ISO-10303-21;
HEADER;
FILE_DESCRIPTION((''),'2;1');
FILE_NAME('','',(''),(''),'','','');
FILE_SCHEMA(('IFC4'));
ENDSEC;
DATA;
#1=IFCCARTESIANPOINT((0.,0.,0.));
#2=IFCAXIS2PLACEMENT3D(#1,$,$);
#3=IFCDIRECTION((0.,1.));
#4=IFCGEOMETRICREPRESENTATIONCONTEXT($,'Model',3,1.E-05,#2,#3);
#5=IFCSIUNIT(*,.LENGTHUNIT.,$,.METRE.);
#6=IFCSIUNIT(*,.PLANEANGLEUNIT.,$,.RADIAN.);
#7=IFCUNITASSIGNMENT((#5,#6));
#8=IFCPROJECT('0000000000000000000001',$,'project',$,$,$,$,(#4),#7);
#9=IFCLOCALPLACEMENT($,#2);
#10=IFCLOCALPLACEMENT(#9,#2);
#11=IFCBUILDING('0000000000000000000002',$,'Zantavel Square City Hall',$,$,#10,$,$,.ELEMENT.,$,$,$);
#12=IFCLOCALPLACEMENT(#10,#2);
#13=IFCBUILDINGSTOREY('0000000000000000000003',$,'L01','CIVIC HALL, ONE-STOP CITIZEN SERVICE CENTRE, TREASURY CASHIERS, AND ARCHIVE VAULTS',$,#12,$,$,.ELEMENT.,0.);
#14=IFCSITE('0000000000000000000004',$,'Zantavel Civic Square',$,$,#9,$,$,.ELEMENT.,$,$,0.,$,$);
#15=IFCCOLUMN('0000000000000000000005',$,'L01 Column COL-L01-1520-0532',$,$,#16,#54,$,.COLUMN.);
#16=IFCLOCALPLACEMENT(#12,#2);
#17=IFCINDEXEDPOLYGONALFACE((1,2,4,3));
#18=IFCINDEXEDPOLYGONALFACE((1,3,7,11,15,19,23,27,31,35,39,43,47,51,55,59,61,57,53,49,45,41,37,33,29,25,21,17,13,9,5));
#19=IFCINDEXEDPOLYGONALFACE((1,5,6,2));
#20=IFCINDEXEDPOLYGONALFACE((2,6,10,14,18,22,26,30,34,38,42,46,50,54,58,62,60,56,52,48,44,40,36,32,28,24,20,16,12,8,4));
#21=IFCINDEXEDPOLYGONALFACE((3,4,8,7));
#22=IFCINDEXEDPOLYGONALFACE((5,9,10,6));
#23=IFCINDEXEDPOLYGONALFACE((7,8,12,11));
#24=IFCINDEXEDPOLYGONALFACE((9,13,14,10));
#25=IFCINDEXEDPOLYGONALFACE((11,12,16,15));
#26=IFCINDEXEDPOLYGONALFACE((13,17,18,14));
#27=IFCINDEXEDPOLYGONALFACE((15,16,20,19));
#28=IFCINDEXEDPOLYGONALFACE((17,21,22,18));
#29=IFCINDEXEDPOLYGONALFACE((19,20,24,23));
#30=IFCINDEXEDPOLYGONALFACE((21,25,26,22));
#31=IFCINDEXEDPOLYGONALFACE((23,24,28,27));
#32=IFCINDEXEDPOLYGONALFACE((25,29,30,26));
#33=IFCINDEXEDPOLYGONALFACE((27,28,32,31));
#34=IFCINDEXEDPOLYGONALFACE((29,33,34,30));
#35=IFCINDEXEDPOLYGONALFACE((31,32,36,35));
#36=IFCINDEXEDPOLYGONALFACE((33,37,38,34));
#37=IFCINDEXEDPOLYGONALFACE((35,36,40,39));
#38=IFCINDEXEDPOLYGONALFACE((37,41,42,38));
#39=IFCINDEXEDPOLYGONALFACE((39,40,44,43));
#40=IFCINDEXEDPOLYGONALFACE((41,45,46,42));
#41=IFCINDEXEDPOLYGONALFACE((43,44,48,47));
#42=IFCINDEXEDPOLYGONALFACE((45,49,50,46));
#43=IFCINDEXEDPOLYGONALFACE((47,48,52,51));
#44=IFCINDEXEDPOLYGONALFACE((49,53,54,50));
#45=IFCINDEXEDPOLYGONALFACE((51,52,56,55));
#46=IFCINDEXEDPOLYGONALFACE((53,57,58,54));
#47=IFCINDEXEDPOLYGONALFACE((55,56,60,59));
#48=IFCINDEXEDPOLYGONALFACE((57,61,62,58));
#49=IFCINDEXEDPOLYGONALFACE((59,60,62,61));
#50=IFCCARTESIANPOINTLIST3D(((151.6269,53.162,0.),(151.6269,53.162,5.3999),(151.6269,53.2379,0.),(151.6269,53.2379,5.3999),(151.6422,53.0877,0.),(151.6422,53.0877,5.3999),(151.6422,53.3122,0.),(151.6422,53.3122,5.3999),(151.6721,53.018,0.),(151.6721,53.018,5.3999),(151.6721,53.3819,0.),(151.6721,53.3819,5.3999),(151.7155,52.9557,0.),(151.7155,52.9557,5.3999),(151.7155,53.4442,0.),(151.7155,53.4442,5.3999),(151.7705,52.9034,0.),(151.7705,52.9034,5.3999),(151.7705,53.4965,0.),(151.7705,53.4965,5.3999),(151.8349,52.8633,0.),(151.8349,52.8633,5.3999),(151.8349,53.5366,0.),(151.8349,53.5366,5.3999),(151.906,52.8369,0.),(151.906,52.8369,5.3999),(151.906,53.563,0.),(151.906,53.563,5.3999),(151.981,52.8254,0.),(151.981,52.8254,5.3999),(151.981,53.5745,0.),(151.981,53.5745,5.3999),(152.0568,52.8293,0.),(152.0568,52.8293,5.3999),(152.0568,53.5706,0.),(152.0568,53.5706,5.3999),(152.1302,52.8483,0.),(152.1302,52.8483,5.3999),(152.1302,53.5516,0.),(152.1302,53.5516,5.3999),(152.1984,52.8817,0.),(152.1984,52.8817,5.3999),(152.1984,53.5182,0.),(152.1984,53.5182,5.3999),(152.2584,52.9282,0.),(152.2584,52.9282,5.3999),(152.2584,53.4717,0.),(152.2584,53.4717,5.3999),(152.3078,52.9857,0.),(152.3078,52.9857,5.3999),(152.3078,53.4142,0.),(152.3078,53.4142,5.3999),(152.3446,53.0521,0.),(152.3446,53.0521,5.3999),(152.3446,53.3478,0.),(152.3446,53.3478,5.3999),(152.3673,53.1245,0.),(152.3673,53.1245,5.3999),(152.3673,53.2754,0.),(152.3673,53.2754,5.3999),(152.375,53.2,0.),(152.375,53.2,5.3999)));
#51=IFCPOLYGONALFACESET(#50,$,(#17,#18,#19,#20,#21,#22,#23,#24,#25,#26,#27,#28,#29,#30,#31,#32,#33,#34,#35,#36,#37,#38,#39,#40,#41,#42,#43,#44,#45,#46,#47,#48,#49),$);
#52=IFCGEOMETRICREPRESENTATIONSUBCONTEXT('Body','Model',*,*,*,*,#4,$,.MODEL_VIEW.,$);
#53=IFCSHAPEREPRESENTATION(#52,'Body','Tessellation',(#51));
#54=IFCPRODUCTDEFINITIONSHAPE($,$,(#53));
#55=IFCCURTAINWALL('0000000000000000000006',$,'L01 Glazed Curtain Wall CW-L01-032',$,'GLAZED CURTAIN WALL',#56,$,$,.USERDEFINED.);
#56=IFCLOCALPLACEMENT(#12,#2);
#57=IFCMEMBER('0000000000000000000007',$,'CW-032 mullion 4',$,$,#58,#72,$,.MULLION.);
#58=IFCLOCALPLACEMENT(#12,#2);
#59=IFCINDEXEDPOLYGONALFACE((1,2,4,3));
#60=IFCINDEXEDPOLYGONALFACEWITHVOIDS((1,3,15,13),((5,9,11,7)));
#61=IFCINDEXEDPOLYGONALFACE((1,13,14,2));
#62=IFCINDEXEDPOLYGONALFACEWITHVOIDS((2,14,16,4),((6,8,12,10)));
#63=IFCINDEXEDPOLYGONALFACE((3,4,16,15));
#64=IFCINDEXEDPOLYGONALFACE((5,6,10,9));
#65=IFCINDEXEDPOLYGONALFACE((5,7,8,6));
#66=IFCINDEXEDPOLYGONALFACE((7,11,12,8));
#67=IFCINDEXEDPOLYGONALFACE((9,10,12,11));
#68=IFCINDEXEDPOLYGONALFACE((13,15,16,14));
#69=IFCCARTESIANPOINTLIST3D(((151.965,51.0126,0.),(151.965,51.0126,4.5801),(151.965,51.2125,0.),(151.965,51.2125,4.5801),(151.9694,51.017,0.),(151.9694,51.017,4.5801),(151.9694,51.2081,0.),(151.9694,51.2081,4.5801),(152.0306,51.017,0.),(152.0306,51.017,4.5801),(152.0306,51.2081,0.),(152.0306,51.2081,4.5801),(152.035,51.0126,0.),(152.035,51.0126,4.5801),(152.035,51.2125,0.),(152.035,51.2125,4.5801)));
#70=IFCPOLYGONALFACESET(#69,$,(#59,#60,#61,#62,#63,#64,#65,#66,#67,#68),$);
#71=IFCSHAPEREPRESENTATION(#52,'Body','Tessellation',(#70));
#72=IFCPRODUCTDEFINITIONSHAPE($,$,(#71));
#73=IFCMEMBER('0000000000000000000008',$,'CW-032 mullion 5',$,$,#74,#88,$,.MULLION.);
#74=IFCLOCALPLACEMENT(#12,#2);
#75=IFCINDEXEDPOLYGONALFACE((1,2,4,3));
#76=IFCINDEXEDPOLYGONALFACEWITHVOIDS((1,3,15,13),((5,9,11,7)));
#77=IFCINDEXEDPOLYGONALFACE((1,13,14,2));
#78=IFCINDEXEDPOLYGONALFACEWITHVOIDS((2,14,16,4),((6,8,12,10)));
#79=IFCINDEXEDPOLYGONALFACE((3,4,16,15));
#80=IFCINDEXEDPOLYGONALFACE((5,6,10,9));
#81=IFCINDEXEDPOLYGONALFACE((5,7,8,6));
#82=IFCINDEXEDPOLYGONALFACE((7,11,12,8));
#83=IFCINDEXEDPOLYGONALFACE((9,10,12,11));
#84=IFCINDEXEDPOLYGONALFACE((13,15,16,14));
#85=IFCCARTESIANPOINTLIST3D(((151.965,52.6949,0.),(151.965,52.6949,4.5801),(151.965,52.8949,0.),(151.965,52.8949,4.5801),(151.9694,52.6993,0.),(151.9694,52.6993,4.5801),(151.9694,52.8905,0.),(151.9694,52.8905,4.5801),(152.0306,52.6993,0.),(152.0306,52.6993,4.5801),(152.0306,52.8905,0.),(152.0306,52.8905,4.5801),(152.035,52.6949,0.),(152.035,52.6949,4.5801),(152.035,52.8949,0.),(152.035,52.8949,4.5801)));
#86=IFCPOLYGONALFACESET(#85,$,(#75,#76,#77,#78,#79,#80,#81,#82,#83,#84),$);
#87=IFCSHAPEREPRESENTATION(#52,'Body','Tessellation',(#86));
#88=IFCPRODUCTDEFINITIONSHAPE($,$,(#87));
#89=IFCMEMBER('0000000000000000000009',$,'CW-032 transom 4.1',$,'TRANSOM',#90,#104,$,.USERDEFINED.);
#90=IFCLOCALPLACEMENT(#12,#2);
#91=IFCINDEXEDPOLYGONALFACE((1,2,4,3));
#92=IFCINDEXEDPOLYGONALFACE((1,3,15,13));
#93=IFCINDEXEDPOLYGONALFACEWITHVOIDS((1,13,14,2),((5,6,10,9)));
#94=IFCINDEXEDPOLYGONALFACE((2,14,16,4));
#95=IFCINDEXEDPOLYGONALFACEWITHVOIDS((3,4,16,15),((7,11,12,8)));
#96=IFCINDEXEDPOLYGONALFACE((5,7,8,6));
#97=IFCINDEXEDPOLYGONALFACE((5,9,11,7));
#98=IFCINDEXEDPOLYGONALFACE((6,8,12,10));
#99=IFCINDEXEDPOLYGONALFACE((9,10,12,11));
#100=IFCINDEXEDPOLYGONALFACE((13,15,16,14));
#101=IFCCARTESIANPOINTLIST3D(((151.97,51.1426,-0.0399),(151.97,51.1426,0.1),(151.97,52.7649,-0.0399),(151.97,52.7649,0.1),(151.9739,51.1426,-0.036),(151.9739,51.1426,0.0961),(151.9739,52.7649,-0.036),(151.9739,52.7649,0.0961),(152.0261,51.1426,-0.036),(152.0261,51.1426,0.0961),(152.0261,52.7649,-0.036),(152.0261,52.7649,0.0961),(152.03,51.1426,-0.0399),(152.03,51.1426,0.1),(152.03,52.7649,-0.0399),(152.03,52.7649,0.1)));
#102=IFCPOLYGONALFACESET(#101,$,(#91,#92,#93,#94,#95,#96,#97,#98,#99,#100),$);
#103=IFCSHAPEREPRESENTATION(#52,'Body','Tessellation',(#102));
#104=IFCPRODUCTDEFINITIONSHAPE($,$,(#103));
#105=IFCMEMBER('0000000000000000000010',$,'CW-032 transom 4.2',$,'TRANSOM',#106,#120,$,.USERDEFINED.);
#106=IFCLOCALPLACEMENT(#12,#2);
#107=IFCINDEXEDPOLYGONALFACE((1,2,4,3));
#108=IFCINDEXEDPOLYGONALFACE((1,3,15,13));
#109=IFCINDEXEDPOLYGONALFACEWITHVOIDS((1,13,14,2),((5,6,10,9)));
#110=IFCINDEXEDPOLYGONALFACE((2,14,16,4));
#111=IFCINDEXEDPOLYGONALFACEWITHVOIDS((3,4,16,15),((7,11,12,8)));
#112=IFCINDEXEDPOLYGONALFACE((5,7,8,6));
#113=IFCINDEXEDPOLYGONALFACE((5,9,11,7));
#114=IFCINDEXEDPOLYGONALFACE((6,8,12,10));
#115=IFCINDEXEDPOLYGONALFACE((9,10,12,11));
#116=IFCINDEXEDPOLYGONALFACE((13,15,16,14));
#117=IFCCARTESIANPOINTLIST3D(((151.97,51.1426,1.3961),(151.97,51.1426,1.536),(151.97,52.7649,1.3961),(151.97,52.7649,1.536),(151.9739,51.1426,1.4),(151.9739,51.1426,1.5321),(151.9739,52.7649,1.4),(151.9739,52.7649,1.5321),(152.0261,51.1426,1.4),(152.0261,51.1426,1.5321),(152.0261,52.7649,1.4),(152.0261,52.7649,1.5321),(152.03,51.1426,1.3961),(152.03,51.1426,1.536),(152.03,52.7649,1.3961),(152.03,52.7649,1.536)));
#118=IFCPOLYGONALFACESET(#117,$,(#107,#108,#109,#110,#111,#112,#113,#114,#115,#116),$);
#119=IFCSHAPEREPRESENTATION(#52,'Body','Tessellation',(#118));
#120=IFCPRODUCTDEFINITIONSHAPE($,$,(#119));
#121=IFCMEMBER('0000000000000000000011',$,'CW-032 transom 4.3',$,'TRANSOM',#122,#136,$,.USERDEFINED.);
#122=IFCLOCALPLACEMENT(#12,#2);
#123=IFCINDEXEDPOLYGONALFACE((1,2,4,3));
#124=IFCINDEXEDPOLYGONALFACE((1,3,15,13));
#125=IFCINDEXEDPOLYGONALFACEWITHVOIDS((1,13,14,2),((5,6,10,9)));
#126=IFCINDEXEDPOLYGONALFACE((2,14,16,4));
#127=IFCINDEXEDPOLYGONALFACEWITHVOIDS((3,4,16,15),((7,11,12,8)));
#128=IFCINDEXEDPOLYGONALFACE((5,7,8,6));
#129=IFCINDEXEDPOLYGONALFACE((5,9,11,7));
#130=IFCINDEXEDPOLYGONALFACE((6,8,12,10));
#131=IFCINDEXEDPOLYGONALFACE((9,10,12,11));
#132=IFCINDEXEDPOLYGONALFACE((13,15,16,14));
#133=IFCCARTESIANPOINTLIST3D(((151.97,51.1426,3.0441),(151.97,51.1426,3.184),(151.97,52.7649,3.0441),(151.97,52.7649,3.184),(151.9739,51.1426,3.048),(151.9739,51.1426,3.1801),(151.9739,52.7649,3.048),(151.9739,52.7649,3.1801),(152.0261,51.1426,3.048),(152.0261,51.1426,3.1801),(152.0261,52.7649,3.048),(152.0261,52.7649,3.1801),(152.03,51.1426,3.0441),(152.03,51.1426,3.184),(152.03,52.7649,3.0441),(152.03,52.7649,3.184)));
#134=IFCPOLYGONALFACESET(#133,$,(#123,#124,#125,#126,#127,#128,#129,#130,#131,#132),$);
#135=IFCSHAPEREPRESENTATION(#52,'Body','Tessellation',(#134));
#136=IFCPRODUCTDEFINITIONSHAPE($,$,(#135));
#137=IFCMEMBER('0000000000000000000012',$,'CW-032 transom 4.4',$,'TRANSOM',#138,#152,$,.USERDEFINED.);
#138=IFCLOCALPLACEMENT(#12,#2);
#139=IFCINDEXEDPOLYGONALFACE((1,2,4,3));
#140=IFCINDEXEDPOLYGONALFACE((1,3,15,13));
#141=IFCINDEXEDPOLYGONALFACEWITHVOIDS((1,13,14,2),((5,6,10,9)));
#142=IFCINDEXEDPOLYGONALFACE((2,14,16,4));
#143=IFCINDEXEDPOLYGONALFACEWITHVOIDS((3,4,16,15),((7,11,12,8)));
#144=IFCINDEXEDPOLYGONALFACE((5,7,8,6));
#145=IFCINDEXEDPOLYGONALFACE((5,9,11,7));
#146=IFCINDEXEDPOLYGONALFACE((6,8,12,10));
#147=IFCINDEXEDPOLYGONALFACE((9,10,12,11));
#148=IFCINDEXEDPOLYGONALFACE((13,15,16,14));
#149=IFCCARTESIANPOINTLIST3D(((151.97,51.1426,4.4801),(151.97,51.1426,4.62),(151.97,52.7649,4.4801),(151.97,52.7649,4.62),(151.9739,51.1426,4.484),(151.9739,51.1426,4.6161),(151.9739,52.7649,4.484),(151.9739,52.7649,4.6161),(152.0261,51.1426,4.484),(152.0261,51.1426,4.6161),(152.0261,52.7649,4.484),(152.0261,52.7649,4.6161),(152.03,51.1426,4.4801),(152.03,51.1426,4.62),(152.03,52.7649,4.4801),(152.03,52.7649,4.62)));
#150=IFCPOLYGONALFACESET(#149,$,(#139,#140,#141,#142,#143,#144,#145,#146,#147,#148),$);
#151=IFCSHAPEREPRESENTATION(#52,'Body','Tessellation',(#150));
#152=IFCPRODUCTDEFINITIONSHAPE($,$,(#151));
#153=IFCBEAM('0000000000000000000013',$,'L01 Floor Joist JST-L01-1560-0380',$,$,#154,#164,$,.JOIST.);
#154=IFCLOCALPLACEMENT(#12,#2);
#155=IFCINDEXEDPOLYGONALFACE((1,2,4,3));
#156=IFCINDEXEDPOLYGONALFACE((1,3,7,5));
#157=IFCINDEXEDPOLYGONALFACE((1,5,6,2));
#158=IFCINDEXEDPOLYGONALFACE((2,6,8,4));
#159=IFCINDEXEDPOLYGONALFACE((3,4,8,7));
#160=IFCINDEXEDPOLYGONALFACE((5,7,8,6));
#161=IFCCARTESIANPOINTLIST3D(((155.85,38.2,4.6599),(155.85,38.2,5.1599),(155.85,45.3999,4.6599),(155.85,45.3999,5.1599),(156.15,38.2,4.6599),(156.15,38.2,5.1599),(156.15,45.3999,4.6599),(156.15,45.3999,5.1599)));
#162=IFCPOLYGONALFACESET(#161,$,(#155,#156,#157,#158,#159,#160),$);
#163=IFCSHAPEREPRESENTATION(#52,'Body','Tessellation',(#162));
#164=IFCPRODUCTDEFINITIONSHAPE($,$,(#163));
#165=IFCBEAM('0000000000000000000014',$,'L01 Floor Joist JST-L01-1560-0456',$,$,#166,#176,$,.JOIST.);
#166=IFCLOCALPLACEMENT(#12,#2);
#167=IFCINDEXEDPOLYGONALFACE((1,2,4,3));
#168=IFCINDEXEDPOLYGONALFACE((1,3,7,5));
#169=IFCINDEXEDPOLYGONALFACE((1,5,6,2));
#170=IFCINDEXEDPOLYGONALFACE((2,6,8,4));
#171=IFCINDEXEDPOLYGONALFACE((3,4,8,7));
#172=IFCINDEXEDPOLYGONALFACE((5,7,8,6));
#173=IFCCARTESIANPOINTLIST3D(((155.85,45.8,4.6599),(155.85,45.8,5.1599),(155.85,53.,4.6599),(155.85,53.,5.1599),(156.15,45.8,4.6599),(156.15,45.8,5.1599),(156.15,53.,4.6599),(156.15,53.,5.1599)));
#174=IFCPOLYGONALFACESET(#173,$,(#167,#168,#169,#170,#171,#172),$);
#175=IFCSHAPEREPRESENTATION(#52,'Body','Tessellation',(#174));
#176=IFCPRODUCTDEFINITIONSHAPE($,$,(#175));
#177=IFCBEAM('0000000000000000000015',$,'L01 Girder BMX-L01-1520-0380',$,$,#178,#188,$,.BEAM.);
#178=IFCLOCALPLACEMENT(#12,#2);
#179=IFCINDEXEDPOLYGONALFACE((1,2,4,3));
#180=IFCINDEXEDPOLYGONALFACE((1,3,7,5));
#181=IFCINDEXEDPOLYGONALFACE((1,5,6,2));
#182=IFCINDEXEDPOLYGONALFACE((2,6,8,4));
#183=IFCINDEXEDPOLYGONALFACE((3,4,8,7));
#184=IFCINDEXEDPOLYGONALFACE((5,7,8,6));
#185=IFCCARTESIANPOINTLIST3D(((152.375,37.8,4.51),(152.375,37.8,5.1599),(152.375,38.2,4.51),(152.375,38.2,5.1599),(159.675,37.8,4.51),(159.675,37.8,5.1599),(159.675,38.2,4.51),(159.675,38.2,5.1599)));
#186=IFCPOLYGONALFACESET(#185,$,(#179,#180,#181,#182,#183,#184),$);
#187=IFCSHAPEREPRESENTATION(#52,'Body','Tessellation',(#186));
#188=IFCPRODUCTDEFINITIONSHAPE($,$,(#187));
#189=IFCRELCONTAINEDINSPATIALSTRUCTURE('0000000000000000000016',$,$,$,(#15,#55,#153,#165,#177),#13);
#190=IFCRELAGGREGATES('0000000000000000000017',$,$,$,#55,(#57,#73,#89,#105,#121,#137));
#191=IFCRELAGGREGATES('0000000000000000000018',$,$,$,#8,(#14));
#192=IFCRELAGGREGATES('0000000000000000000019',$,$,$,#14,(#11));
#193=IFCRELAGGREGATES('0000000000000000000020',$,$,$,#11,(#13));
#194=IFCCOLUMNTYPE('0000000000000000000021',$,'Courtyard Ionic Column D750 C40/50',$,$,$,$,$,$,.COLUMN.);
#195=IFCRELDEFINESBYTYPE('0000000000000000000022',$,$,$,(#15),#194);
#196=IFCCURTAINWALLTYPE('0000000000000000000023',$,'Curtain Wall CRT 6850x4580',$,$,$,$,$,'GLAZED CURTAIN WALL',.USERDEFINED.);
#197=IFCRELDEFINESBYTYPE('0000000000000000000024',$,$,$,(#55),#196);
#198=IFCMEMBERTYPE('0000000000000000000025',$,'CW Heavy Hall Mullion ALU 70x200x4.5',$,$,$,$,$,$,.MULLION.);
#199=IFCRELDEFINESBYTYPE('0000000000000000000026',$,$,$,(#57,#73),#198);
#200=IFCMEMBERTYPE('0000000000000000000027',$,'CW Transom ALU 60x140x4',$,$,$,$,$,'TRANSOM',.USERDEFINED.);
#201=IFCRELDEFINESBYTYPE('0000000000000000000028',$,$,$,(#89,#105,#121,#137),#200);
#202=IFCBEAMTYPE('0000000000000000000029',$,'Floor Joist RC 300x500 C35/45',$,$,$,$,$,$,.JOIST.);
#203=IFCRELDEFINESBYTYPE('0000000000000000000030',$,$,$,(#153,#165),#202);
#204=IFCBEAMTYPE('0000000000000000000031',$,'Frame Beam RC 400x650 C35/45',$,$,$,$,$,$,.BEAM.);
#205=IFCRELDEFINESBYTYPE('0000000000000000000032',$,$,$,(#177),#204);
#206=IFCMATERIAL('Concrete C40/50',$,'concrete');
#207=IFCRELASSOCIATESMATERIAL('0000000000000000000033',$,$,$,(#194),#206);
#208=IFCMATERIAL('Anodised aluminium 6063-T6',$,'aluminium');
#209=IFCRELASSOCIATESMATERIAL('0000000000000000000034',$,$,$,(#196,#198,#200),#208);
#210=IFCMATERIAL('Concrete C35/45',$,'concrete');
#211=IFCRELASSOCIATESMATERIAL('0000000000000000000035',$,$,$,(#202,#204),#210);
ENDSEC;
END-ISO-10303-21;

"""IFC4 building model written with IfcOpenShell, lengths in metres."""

from ifc_helpers import new_model, si_unit, direction, frame, origin, origin_2d, place, context, subcontext, project, spatial, rectangle, hollow_rectangle, circle, extrude, material, material_profile, profile_set, type_object, element, aggregate, save


model = new_model("IFC4")

# Units and contexts
model_context = context("Model", 3, precision=1e-05, world=origin(), true_north=direction((0.0, 1.0)))
body_context = subcontext(model_context, "Body", "Model", "MODEL_VIEW")
ifc_project = project(units=[si_unit("LENGTHUNIT", "METRE"), si_unit("PLANEANGLEUNIT", "RADIAN")], contexts=[model_context])

# Site, building, storey
site_placement = place(None, origin())
site = spatial("IfcSite", under=ifc_project, at=site_placement, Name="Zantavel Civic Square", CompositionType="ELEMENT", RefElevation=0.0)
building_placement = place(site_placement, origin())
building = spatial("IfcBuilding", under=site, at=building_placement, Name="Zantavel Square City Hall", CompositionType="ELEMENT")
storey_placement = place(building_placement, origin())
storey = spatial("IfcBuildingStorey", under=building, at=storey_placement, Name="L01", Description="CIVIC HALL, ONE-STOP CITIZEN SERVICE CENTRE, TREASURY CASHIERS, AND ARCHIVE VAULTS", CompositionType="ELEMENT", Elevation=0.0)

# Column
ifc_material_1 = material(Name="Concrete C40/50", Category="concrete")
ifc_material_profile_1 = material_profile(ifc_material_1, circle(Radius=0.375, at=origin_2d()), Name="ROUND D750")
ifc_profile_set_1 = profile_set([ifc_material_profile_1], Name="Concrete C40/50")
column_type = type_object("IfcColumnType", Name="Courtyard Ionic Column D750 C40/50", PredefinedType="COLUMN", material=ifc_profile_set_1)
column_placement = place(storey_placement, frame((152.0, 53.2, 0.0), z_axis=(0.0, 0.0, 1.0), x_axis=(1.0, 0.0, 0.0)))
element("IfcColumn", 1, at=column_placement, inside=storey, type_object=column_type, Name="L01 Column COL-L01-1520-0532", PredefinedType="COLUMN", context=body_context, shape_type="SweptSolid", body=[
    extrude(circle(Radius=0.375, at=origin_2d()), origin(), (0.0, 0.0, 1.0), 5.3999),
])

# Curtain wall, members
ifc_material_2 = material(Name="Anodised aluminium 6063-T6", Category="aluminium")
curtain_wall_type = type_object("IfcCurtainWallType", Name="Curtain Wall CRT 6850x4580", ElementType="GLAZED CURTAIN WALL", PredefinedType="USERDEFINED", material=ifc_material_2)
curtain_wall_placement = place(storey_placement, origin())
curtain_wall = element("IfcCurtainWall", 2, at=curtain_wall_placement, inside=storey, type_object=curtain_wall_type, Name="L01 Glazed Curtain Wall CW-L01-032", ObjectType="GLAZED CURTAIN WALL", PredefinedType="USERDEFINED")
ifc_material_profile_2 = material_profile(ifc_material_2, hollow_rectangle(XDim=0.0701, YDim=0.2, WallThickness=0.0044, at=origin_2d()), Name="ALU 70x200x4.5")
ifc_profile_set_2 = profile_set([ifc_material_profile_2], Name="Anodised aluminium 6063-T6")
member_type_1 = type_object("IfcMemberType", Name="CW Heavy Hall Mullion ALU 70x200x4.5", PredefinedType="MULLION", material=ifc_profile_set_2)
member_1_placement = place(storey_placement, frame((152.0, 51.1125, 0.0), z_axis=(0.0, 0.0, 1.0), x_axis=(-1.0, 0.0, 0.0)))
member_1 = element("IfcMember", 3, at=member_1_placement, type_object=member_type_1, Name="CW-032 mullion 4", PredefinedType="MULLION", context=body_context, shape_type="SweptSolid", body=[
    extrude(hollow_rectangle(XDim=0.0701, YDim=0.2, WallThickness=0.0044, at=origin_2d()), origin(), (0.0, 0.0, 1.0), 4.5801),
])
member_2_placement = place(storey_placement, frame((152.0, 52.7949, 0.0), z_axis=(0.0, 0.0, 1.0), x_axis=(-1.0, 0.0, 0.0)))
member_2 = element("IfcMember", 4, at=member_2_placement, type_object=member_type_1, Name="CW-032 mullion 5", PredefinedType="MULLION", context=body_context, shape_type="SweptSolid", body=[
    extrude(hollow_rectangle(XDim=0.0701, YDim=0.2, WallThickness=0.0044, at=origin_2d()), origin(), (0.0, 0.0, 1.0), 4.5801),
])
ifc_material_profile_3 = material_profile(ifc_material_2, hollow_rectangle(XDim=0.0601, YDim=0.1399, WallThickness=0.0039, at=origin_2d()), Name="ALU 60x140x4")
ifc_profile_set_3 = profile_set([ifc_material_profile_3], Name="Anodised aluminium 6063-T6")
member_type_2 = type_object("IfcMemberType", Name="CW Transom ALU 60x140x4", ElementType="TRANSOM", PredefinedType="USERDEFINED", material=ifc_profile_set_3)
member_3_placement = place(storey_placement, frame((152.0, 51.1426, 0.03), z_axis=(0.0, 1.0, 0.0), x_axis=(-1.0, 0.0, 0.0)))
member_3 = element("IfcMember", 5, at=member_3_placement, type_object=member_type_2, Name="CW-032 transom 4.1", ObjectType="TRANSOM", PredefinedType="USERDEFINED", context=body_context, shape_type="SweptSolid", body=[
    extrude(hollow_rectangle(XDim=0.0601, YDim=0.1399, WallThickness=0.0039, at=origin_2d()), origin(), (0.0, 0.0, 1.0), 1.6223),
])
member_4_placement = place(storey_placement, frame((152.0, 51.1426, 1.4661), z_axis=(0.0, 1.0, 0.0), x_axis=(-1.0, 0.0, 0.0)))
member_4 = element("IfcMember", 6, at=member_4_placement, type_object=member_type_2, Name="CW-032 transom 4.2", ObjectType="TRANSOM", PredefinedType="USERDEFINED", context=body_context, shape_type="SweptSolid", body=[
    extrude(hollow_rectangle(XDim=0.0601, YDim=0.1399, WallThickness=0.0039, at=origin_2d()), origin(), (0.0, 0.0, 1.0), 1.6223),
])
member_5_placement = place(storey_placement, frame((152.0, 51.1426, 3.114), z_axis=(0.0, 1.0, 0.0), x_axis=(-1.0, 0.0, 0.0)))
member_5 = element("IfcMember", 7, at=member_5_placement, type_object=member_type_2, Name="CW-032 transom 4.3", ObjectType="TRANSOM", PredefinedType="USERDEFINED", context=body_context, shape_type="SweptSolid", body=[
    extrude(hollow_rectangle(XDim=0.0601, YDim=0.1399, WallThickness=0.0039, at=origin_2d()), origin(), (0.0, 0.0, 1.0), 1.6223),
])
member_6_placement = place(storey_placement, frame((152.0, 51.1426, 4.55), z_axis=(0.0, 1.0, 0.0), x_axis=(-1.0, 0.0, 0.0)))
member_6 = element("IfcMember", 8, at=member_6_placement, type_object=member_type_2, Name="CW-032 transom 4.4", ObjectType="TRANSOM", PredefinedType="USERDEFINED", context=body_context, shape_type="SweptSolid", body=[
    extrude(hollow_rectangle(XDim=0.0601, YDim=0.1399, WallThickness=0.0039, at=origin_2d()), origin(), (0.0, 0.0, 1.0), 1.6223),
])

# Beams
ifc_material_3 = material(Name="Concrete C35/45", Category="concrete")
ifc_material_profile_4 = material_profile(ifc_material_3, rectangle(XDim=0.3, YDim=0.5, at=origin_2d()), Name="RC 300x500")
ifc_profile_set_4 = profile_set([ifc_material_profile_4], Name="Concrete C35/45")
beam_type_1 = type_object("IfcBeamType", Name="Floor Joist RC 300x500 C35/45", PredefinedType="JOIST", material=ifc_profile_set_4)
for number, where, z_axis, x_axis, name in (
    (9, (156.0, 38.2, 4.9099), (0.0, 1.0, 0.0), (-1.0, 0.0, 0.0), "L01 Floor Joist JST-L01-1560-0380"),
    (10, (156.0, 45.8, 4.9099), (0.0, 1.0, 0.0), (-1.0, 0.0, 0.0), "L01 Floor Joist JST-L01-1560-0456"),
):
    element("IfcBeam", number, at=place(storey_placement, frame(where, z_axis=z_axis, x_axis=x_axis)), inside=storey, type_object=beam_type_1, Name=name, PredefinedType="JOIST", context=body_context, shape_type="SweptSolid", body=[
        extrude(rectangle(XDim=0.3, YDim=0.5, at=origin_2d()), origin(), (0.0, 0.0, 1.0), 7.2),
    ])
ifc_material_profile_5 = material_profile(ifc_material_3, rectangle(XDim=0.3999, YDim=0.6499, at=origin_2d()), Name="RC 400x650")
ifc_profile_set_5 = profile_set([ifc_material_profile_5], Name="Concrete C35/45")
beam_type_2 = type_object("IfcBeamType", Name="Frame Beam RC 400x650 C35/45", PredefinedType="BEAM", material=ifc_profile_set_5)
for number, where, z_axis, x_axis, name in (
    (11, (152.375, 38.0, 4.835), (1.0, 0.0, 0.0), (0.0, 1.0, 0.0), "L01 Girder BMX-L01-1520-0380"),
):
    element("IfcBeam", number, at=place(storey_placement, frame(where, z_axis=z_axis, x_axis=x_axis)), inside=storey, type_object=beam_type_2, Name=name, PredefinedType="BEAM", context=body_context, shape_type="SweptSolid", body=[
        extrude(rectangle(XDim=0.3999, YDim=0.6499, at=origin_2d()), origin(), (0.0, 0.0, 1.0), 7.3),
    ])

aggregate(curtain_wall, [member_1, member_2, member_3, member_4, member_5, member_6])

save(model, "model.ifc")
